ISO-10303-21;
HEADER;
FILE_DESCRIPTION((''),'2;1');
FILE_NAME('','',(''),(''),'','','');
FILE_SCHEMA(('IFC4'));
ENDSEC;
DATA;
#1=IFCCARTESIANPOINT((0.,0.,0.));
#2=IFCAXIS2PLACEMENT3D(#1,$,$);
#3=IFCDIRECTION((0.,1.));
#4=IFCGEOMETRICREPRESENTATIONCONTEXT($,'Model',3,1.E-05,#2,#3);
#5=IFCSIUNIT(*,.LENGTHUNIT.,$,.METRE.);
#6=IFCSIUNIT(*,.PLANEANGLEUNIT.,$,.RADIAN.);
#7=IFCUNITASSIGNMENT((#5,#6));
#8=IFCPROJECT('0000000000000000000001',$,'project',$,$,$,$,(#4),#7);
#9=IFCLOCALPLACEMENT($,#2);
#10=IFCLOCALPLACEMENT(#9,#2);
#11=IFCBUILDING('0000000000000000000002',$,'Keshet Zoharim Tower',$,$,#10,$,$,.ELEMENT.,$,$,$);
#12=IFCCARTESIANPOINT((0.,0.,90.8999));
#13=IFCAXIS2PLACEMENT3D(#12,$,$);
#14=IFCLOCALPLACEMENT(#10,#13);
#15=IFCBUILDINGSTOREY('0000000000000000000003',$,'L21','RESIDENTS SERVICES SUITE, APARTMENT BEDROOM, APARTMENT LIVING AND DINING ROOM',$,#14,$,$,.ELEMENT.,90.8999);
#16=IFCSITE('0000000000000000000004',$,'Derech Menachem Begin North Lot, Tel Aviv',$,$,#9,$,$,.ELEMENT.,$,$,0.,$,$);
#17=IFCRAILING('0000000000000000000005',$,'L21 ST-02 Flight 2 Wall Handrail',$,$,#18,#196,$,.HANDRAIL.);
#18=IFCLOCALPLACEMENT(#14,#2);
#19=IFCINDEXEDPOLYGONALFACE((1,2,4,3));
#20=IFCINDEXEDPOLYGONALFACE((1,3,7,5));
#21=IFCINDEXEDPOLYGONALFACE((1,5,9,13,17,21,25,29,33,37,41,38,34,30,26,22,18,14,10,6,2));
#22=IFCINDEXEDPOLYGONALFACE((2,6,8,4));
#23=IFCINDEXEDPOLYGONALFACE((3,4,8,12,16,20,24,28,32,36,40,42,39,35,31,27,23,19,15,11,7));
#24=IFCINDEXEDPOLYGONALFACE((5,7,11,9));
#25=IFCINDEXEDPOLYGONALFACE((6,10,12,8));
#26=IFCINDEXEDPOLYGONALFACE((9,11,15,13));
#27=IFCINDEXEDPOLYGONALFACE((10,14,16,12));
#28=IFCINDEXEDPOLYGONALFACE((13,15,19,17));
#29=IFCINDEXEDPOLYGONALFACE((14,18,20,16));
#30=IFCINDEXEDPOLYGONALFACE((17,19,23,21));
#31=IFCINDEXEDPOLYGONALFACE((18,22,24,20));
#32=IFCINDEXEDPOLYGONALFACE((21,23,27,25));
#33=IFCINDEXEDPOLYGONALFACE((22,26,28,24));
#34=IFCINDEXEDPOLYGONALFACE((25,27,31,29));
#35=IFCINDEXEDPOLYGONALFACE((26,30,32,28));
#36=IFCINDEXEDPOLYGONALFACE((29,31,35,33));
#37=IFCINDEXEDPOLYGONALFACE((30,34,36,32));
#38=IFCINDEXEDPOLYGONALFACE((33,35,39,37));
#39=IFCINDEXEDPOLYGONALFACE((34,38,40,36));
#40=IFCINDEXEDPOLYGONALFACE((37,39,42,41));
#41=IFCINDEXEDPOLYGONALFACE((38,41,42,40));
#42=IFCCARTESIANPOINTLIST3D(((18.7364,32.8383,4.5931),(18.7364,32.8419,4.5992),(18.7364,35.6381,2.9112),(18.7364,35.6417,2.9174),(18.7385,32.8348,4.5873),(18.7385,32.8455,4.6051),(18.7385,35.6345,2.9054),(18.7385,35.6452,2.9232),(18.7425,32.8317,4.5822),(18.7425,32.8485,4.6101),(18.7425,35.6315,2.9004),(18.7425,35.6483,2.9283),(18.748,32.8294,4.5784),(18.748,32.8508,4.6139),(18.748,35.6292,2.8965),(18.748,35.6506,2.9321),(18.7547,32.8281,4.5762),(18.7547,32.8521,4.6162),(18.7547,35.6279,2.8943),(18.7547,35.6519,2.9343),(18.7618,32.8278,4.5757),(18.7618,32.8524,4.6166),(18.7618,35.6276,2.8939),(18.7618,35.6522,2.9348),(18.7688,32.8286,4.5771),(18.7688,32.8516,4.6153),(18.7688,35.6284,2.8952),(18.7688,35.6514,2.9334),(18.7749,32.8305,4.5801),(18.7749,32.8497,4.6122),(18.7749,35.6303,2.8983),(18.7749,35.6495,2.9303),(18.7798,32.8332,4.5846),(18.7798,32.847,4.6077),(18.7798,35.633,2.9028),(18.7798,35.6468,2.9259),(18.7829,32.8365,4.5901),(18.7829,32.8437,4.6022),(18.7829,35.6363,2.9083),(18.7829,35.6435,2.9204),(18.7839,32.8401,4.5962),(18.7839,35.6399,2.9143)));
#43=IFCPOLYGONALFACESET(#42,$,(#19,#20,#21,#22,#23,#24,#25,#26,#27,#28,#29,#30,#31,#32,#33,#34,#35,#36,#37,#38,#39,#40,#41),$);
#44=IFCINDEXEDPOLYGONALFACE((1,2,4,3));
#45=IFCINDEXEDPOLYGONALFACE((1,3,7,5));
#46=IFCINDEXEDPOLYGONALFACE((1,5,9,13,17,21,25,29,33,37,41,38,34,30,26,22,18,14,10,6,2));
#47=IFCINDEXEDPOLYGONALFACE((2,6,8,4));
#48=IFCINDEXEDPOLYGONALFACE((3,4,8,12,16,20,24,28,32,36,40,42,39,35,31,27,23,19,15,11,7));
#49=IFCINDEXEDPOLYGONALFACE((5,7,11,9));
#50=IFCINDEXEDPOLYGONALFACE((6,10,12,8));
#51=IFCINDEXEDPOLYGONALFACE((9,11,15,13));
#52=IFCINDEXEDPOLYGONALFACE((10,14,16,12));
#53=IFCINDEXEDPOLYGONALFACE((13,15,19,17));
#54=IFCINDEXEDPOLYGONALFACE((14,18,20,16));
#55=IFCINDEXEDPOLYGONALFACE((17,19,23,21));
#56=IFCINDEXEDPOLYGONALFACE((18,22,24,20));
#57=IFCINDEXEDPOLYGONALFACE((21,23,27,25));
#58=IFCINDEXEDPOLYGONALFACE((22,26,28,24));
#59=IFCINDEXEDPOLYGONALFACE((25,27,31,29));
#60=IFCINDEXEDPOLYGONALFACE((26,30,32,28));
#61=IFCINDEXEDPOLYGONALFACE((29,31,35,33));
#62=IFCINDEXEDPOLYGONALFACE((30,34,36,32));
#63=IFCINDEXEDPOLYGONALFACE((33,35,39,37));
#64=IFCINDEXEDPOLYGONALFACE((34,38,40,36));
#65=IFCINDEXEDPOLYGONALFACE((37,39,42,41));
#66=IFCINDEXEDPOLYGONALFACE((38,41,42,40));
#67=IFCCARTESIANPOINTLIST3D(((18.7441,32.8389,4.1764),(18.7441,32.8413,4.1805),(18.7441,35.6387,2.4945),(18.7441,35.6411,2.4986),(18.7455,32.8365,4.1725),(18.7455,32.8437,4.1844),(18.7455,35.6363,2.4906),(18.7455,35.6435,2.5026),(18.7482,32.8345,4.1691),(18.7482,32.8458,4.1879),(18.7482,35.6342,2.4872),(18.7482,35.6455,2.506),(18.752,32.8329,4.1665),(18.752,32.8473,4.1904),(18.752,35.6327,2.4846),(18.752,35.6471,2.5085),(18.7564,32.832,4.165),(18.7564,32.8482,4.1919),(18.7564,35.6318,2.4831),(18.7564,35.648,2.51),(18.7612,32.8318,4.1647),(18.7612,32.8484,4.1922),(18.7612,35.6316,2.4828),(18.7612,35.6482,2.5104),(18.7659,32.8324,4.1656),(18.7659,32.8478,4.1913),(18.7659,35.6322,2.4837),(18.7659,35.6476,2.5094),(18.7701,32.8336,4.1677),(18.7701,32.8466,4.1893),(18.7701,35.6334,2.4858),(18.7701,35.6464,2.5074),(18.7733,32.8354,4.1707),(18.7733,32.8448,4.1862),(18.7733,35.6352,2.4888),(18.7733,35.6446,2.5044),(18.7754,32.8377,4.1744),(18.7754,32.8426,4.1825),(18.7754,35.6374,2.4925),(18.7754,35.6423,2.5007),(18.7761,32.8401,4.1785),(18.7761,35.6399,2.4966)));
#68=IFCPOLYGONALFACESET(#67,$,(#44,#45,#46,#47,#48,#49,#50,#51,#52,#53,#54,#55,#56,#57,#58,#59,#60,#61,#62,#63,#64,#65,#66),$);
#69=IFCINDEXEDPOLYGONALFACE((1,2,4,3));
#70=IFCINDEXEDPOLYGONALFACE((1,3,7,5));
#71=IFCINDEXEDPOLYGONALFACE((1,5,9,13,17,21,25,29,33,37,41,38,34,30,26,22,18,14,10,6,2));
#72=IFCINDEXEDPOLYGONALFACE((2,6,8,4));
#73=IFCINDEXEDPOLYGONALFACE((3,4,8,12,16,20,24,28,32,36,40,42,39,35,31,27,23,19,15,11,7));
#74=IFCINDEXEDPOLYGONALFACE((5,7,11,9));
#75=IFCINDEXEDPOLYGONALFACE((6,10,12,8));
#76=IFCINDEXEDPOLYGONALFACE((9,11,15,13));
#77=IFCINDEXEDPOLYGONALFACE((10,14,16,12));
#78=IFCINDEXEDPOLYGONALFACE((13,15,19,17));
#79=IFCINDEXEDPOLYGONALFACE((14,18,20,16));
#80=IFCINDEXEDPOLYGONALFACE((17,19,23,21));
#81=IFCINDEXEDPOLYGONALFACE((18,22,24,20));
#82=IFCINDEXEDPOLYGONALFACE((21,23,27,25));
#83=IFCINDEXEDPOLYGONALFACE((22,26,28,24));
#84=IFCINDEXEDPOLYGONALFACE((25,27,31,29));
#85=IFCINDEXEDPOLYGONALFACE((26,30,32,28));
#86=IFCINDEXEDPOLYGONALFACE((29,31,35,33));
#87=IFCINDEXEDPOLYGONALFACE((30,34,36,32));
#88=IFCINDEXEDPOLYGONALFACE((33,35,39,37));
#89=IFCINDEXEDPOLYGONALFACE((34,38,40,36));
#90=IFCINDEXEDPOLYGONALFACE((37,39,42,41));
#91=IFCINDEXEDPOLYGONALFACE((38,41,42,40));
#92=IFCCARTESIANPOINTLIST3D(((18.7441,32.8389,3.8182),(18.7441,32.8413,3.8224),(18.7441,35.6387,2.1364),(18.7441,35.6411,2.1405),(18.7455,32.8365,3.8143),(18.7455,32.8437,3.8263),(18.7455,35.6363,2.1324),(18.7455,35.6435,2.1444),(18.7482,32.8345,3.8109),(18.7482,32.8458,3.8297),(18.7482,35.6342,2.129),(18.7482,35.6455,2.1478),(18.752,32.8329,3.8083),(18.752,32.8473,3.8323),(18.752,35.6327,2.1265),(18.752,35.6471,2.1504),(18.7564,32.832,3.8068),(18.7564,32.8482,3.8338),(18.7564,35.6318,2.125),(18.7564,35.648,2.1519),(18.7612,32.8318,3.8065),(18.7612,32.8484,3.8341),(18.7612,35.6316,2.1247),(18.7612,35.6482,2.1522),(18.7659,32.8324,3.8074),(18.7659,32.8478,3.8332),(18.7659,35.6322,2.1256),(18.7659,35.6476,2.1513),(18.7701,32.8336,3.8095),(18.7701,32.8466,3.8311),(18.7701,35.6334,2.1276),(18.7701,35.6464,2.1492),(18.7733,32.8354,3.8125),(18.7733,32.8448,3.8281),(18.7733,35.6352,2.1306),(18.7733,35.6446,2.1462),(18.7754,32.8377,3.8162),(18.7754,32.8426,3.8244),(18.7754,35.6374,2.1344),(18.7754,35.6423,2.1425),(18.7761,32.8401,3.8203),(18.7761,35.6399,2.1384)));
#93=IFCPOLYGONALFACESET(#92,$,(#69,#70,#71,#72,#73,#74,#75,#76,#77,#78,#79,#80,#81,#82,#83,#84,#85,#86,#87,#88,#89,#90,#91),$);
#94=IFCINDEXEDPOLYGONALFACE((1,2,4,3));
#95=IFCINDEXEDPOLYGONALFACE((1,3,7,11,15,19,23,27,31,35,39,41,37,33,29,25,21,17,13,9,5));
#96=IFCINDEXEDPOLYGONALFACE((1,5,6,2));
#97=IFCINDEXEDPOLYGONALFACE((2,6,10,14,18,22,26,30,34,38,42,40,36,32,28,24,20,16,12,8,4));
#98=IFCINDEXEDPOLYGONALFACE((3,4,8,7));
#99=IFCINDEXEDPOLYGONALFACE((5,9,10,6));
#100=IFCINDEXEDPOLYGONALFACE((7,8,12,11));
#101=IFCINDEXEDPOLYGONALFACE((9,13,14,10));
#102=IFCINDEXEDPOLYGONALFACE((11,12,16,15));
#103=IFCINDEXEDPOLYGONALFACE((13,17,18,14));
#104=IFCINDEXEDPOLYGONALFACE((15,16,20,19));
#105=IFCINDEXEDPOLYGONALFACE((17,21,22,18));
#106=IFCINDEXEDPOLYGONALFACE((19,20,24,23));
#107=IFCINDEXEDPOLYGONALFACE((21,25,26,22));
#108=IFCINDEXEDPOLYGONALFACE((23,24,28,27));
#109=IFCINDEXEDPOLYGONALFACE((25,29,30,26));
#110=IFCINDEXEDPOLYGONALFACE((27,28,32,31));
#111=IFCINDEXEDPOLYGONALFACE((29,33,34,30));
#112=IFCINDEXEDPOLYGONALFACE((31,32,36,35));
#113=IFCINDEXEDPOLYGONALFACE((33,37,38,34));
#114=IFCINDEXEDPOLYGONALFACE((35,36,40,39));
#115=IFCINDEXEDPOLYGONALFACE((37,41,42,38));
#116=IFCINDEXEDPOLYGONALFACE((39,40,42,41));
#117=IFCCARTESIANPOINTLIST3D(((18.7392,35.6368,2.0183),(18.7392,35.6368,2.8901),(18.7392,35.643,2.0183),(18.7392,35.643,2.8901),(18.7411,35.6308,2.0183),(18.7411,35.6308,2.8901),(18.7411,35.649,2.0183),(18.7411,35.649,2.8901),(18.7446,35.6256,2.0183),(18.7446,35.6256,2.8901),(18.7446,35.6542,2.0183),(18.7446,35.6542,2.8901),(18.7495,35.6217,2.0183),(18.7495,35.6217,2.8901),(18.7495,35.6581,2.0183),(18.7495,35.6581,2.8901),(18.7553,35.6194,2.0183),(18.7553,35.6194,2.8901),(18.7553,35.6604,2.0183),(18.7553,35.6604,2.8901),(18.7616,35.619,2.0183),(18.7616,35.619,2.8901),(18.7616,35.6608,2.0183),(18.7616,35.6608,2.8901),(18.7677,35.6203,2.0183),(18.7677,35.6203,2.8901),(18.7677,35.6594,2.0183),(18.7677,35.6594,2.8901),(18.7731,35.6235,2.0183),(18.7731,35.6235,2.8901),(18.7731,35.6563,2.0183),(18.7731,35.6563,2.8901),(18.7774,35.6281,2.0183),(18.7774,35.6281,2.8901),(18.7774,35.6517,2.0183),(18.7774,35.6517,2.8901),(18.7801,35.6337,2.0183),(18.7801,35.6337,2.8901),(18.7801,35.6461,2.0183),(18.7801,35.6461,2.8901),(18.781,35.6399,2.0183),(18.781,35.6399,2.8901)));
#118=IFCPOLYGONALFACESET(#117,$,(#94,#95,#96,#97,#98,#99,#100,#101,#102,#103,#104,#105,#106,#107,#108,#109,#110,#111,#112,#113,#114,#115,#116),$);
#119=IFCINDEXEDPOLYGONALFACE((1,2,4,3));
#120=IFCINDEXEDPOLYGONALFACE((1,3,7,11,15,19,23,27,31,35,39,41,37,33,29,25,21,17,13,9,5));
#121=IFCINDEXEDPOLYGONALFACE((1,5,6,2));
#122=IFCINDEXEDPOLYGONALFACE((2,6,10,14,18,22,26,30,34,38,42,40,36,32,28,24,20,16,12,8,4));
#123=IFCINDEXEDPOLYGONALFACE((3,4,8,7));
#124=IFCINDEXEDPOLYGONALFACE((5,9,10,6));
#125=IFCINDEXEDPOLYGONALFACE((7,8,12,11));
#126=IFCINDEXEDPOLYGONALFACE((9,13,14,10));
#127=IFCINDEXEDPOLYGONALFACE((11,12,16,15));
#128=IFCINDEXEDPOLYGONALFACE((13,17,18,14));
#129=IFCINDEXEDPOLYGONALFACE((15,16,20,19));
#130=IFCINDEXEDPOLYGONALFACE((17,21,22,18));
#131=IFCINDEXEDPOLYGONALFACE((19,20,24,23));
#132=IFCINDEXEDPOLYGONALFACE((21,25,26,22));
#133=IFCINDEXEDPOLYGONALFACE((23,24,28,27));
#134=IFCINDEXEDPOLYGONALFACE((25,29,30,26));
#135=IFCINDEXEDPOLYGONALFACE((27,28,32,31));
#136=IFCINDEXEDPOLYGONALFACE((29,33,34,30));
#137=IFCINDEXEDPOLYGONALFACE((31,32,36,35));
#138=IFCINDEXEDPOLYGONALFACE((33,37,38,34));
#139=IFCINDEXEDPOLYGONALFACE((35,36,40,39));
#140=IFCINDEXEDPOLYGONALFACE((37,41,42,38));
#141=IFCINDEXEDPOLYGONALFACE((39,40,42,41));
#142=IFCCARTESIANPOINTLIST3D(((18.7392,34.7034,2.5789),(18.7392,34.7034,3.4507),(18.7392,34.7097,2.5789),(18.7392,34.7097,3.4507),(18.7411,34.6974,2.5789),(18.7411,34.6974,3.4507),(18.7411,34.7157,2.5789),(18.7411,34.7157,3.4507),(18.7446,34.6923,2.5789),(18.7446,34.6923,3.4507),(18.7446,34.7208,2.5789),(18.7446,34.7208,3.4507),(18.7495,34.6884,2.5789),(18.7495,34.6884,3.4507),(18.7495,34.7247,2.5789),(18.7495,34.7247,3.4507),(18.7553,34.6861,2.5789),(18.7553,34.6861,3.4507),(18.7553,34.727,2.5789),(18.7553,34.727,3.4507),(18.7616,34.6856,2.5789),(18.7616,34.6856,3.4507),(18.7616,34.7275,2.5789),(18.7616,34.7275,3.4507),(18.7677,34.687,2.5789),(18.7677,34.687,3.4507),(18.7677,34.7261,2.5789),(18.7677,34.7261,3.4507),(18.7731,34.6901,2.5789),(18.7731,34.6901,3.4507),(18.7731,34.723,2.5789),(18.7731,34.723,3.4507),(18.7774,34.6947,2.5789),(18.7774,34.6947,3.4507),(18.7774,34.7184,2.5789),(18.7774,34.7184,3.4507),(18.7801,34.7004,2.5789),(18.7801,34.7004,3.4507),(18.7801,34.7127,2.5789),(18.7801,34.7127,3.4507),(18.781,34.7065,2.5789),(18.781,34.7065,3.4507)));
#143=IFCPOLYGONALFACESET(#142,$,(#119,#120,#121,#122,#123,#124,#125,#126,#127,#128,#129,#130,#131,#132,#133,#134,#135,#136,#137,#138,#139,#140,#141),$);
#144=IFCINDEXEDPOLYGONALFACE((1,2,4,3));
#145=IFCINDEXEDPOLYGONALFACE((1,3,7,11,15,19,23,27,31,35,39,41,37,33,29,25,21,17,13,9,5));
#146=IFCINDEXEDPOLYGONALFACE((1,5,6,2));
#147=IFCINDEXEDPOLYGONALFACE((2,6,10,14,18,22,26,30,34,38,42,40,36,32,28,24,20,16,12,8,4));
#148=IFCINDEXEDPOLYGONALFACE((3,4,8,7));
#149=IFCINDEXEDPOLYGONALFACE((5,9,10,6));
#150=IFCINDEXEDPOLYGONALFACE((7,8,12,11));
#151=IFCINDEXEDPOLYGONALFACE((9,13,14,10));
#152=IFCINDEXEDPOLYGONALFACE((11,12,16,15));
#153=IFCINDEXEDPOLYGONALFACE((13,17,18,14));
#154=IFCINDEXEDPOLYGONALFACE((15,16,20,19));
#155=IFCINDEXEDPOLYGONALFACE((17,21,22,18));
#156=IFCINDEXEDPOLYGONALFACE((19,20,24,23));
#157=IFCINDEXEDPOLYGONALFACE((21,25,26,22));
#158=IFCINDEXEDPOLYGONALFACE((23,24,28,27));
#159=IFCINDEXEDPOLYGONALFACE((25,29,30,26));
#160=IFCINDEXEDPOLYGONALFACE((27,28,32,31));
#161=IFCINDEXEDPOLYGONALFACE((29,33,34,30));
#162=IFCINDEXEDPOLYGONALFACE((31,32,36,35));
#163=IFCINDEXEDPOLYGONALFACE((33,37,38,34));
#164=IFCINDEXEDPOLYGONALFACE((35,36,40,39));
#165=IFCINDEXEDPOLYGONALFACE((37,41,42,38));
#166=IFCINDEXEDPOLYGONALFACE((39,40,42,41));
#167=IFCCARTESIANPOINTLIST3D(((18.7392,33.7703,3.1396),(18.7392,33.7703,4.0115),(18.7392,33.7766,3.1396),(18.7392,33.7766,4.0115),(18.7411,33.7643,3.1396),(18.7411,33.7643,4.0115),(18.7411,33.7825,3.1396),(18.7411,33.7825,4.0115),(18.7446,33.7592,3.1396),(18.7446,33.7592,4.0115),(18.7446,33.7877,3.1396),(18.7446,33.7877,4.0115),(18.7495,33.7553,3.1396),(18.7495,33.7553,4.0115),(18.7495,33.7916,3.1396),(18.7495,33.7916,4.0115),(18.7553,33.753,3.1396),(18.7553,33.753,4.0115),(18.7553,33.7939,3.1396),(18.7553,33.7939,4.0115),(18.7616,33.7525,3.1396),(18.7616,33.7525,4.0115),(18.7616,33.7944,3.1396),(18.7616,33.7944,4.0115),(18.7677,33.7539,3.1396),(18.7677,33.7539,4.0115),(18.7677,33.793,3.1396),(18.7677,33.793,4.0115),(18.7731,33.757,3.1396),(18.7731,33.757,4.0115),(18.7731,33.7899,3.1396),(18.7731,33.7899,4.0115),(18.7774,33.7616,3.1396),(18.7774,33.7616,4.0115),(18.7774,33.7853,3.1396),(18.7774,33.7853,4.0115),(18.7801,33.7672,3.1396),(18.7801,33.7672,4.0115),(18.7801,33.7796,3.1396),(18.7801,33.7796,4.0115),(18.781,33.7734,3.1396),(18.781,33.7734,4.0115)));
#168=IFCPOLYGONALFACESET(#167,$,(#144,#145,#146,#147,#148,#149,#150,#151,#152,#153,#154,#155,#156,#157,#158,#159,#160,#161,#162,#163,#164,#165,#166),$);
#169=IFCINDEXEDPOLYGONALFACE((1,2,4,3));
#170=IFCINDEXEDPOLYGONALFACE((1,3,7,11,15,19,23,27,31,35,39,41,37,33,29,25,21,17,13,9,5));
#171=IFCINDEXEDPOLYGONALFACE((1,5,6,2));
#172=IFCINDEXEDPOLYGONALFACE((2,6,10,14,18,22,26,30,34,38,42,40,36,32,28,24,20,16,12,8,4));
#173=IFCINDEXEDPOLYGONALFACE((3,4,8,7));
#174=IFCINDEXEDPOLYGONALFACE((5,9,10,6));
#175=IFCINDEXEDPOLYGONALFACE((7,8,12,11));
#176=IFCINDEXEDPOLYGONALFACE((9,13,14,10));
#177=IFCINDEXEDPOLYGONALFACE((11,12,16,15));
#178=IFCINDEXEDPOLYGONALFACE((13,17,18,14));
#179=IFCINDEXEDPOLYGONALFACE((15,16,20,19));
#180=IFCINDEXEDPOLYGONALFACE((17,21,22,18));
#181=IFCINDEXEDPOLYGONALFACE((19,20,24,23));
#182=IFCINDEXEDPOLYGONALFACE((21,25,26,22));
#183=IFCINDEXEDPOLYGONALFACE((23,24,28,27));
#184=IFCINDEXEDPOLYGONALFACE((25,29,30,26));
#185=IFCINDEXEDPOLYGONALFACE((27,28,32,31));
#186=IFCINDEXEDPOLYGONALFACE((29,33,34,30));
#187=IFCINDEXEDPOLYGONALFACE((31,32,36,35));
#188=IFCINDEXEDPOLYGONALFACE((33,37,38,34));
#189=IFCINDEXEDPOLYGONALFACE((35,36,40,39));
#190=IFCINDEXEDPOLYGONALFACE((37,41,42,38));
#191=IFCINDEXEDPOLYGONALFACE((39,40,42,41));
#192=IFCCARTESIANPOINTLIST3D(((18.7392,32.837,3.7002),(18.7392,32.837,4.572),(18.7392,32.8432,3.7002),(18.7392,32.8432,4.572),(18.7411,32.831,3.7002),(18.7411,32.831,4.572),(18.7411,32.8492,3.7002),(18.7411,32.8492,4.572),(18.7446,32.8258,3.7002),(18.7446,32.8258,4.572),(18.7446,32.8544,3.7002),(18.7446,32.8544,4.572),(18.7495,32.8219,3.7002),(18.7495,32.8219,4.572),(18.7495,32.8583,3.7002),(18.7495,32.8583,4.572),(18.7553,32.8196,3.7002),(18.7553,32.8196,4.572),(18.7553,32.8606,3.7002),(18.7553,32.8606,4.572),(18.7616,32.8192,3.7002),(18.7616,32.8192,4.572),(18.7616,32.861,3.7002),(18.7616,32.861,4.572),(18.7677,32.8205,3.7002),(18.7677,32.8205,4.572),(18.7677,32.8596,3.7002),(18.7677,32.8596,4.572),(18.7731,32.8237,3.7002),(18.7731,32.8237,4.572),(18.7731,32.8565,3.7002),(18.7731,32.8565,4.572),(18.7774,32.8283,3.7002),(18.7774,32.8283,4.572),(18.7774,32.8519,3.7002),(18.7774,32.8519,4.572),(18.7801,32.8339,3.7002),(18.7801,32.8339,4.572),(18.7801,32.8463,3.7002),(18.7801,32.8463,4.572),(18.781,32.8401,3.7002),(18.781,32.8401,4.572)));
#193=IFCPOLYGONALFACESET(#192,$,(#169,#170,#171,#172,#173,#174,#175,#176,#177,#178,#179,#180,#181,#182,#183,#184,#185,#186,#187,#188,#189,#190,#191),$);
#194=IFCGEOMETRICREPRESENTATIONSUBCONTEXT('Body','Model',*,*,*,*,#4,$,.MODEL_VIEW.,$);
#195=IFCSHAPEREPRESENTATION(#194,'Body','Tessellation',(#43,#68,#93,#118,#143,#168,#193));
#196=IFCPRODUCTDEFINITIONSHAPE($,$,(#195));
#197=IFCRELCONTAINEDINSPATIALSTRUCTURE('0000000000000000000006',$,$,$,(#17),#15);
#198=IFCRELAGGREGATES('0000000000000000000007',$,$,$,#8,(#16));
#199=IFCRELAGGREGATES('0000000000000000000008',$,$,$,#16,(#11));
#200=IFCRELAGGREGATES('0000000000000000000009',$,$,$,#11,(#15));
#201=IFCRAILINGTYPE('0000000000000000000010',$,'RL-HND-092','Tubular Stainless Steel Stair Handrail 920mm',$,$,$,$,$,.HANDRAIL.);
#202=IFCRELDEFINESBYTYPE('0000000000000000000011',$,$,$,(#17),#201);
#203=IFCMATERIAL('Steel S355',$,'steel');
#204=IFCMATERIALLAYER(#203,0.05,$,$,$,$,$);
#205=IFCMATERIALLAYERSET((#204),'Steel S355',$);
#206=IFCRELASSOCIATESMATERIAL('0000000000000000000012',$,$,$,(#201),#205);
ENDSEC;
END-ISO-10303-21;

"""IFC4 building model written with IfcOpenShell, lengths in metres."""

from ifc_helpers import new_model, si_unit, direction, frame, origin, origin_2d, place, context, subcontext, project, spatial, circle, extrude, material, layer, layer_set, type_object, element, save


model = new_model("IFC4")

# Units and contexts
model_context = context("Model", 3, precision=1e-05, world=origin(), true_north=direction((0.0, 1.0)))
body_context = subcontext(model_context, "Body", "Model", "MODEL_VIEW")
ifc_project = project(units=[si_unit("LENGTHUNIT", "METRE"), si_unit("PLANEANGLEUNIT", "RADIAN")], contexts=[model_context])

# Site, building, storey
site_placement = place(None, origin())
site = spatial("IfcSite", under=ifc_project, at=site_placement, Name="Derech Menachem Begin North Lot, Tel Aviv", CompositionType="ELEMENT", RefElevation=0.0)
building_placement = place(site_placement, origin())
building = spatial("IfcBuilding", under=site, at=building_placement, Name="Keshet Zoharim Tower", CompositionType="ELEMENT")
storey_placement = place(building_placement, frame((0.0, 0.0, 90.8999)))
storey = spatial("IfcBuildingStorey", under=building, at=storey_placement, Name="L21", Description="RESIDENTS SERVICES SUITE, APARTMENT BEDROOM, APARTMENT LIVING AND DINING ROOM", CompositionType="ELEMENT", Elevation=90.8999)

# Shared definitions
ifc_material_1 = material(Name="Steel S355", Category="steel")

# Railing
ifc_layer_1 = layer(ifc_material_1, 0.05)
ifc_layer_set_1 = layer_set([ifc_layer_1], Name="Steel S355")
railing_type = type_object("IfcRailingType", Name="RL-HND-092", Description="Tubular Stainless Steel Stair Handrail 920mm", PredefinedType="HANDRAIL", material=ifc_layer_set_1)
railing_placement = place(storey_placement, frame((18.76, 35.6399, 2.0183)))
element("IfcRailing", 1, at=railing_placement, inside=storey, type_object=railing_type, Name="L21 ST-02 Flight 2 Wall Handrail", PredefinedType="HANDRAIL", context=body_context, shape_type="SweptSolid", body=[
    extrude(circle(Radius=0.0239, at=origin_2d()), frame((0.0, 0.0, 0.896), z_axis=(0.0, -0.857222, 0.514946), x_axis=(1.0, 0.0, 0.0)), (0.0, 0.0, 1.0), 3.2661),
    extrude(circle(Radius=0.0161, at=origin_2d()), frame((0.0, 0.0, 0.4783), z_axis=(0.0, -0.857222, 0.514946), x_axis=(1.0, 0.0, 0.0)), (0.0, 0.0, 1.0), 3.2661),
    extrude(circle(Radius=0.0161, at=origin_2d()), frame((0.0, 0.0, 0.1201), z_axis=(0.0, -0.857222, 0.514946), x_axis=(1.0, 0.0, 0.0)), (0.0, 0.0, 1.0), 3.2661),
    extrude(circle(Radius=0.021, at=origin_2d()), origin(), (0.0, 0.0, 1.0), 0.8718),
    extrude(circle(Radius=0.021, at=origin_2d()), frame((0.0, -0.9333, 0.5605)), (0.0, 0.0, 1.0), 0.8718),
    extrude(circle(Radius=0.021, at=origin_2d()), frame((0.0, -1.8665, 1.1213)), (0.0, 0.0, 1.0), 0.8718),
    extrude(circle(Radius=0.021, at=origin_2d()), frame((0.0, -2.7998, 1.6819)), (0.0, 0.0, 1.0), 0.8718),
])

save(model, "model.ifc")
